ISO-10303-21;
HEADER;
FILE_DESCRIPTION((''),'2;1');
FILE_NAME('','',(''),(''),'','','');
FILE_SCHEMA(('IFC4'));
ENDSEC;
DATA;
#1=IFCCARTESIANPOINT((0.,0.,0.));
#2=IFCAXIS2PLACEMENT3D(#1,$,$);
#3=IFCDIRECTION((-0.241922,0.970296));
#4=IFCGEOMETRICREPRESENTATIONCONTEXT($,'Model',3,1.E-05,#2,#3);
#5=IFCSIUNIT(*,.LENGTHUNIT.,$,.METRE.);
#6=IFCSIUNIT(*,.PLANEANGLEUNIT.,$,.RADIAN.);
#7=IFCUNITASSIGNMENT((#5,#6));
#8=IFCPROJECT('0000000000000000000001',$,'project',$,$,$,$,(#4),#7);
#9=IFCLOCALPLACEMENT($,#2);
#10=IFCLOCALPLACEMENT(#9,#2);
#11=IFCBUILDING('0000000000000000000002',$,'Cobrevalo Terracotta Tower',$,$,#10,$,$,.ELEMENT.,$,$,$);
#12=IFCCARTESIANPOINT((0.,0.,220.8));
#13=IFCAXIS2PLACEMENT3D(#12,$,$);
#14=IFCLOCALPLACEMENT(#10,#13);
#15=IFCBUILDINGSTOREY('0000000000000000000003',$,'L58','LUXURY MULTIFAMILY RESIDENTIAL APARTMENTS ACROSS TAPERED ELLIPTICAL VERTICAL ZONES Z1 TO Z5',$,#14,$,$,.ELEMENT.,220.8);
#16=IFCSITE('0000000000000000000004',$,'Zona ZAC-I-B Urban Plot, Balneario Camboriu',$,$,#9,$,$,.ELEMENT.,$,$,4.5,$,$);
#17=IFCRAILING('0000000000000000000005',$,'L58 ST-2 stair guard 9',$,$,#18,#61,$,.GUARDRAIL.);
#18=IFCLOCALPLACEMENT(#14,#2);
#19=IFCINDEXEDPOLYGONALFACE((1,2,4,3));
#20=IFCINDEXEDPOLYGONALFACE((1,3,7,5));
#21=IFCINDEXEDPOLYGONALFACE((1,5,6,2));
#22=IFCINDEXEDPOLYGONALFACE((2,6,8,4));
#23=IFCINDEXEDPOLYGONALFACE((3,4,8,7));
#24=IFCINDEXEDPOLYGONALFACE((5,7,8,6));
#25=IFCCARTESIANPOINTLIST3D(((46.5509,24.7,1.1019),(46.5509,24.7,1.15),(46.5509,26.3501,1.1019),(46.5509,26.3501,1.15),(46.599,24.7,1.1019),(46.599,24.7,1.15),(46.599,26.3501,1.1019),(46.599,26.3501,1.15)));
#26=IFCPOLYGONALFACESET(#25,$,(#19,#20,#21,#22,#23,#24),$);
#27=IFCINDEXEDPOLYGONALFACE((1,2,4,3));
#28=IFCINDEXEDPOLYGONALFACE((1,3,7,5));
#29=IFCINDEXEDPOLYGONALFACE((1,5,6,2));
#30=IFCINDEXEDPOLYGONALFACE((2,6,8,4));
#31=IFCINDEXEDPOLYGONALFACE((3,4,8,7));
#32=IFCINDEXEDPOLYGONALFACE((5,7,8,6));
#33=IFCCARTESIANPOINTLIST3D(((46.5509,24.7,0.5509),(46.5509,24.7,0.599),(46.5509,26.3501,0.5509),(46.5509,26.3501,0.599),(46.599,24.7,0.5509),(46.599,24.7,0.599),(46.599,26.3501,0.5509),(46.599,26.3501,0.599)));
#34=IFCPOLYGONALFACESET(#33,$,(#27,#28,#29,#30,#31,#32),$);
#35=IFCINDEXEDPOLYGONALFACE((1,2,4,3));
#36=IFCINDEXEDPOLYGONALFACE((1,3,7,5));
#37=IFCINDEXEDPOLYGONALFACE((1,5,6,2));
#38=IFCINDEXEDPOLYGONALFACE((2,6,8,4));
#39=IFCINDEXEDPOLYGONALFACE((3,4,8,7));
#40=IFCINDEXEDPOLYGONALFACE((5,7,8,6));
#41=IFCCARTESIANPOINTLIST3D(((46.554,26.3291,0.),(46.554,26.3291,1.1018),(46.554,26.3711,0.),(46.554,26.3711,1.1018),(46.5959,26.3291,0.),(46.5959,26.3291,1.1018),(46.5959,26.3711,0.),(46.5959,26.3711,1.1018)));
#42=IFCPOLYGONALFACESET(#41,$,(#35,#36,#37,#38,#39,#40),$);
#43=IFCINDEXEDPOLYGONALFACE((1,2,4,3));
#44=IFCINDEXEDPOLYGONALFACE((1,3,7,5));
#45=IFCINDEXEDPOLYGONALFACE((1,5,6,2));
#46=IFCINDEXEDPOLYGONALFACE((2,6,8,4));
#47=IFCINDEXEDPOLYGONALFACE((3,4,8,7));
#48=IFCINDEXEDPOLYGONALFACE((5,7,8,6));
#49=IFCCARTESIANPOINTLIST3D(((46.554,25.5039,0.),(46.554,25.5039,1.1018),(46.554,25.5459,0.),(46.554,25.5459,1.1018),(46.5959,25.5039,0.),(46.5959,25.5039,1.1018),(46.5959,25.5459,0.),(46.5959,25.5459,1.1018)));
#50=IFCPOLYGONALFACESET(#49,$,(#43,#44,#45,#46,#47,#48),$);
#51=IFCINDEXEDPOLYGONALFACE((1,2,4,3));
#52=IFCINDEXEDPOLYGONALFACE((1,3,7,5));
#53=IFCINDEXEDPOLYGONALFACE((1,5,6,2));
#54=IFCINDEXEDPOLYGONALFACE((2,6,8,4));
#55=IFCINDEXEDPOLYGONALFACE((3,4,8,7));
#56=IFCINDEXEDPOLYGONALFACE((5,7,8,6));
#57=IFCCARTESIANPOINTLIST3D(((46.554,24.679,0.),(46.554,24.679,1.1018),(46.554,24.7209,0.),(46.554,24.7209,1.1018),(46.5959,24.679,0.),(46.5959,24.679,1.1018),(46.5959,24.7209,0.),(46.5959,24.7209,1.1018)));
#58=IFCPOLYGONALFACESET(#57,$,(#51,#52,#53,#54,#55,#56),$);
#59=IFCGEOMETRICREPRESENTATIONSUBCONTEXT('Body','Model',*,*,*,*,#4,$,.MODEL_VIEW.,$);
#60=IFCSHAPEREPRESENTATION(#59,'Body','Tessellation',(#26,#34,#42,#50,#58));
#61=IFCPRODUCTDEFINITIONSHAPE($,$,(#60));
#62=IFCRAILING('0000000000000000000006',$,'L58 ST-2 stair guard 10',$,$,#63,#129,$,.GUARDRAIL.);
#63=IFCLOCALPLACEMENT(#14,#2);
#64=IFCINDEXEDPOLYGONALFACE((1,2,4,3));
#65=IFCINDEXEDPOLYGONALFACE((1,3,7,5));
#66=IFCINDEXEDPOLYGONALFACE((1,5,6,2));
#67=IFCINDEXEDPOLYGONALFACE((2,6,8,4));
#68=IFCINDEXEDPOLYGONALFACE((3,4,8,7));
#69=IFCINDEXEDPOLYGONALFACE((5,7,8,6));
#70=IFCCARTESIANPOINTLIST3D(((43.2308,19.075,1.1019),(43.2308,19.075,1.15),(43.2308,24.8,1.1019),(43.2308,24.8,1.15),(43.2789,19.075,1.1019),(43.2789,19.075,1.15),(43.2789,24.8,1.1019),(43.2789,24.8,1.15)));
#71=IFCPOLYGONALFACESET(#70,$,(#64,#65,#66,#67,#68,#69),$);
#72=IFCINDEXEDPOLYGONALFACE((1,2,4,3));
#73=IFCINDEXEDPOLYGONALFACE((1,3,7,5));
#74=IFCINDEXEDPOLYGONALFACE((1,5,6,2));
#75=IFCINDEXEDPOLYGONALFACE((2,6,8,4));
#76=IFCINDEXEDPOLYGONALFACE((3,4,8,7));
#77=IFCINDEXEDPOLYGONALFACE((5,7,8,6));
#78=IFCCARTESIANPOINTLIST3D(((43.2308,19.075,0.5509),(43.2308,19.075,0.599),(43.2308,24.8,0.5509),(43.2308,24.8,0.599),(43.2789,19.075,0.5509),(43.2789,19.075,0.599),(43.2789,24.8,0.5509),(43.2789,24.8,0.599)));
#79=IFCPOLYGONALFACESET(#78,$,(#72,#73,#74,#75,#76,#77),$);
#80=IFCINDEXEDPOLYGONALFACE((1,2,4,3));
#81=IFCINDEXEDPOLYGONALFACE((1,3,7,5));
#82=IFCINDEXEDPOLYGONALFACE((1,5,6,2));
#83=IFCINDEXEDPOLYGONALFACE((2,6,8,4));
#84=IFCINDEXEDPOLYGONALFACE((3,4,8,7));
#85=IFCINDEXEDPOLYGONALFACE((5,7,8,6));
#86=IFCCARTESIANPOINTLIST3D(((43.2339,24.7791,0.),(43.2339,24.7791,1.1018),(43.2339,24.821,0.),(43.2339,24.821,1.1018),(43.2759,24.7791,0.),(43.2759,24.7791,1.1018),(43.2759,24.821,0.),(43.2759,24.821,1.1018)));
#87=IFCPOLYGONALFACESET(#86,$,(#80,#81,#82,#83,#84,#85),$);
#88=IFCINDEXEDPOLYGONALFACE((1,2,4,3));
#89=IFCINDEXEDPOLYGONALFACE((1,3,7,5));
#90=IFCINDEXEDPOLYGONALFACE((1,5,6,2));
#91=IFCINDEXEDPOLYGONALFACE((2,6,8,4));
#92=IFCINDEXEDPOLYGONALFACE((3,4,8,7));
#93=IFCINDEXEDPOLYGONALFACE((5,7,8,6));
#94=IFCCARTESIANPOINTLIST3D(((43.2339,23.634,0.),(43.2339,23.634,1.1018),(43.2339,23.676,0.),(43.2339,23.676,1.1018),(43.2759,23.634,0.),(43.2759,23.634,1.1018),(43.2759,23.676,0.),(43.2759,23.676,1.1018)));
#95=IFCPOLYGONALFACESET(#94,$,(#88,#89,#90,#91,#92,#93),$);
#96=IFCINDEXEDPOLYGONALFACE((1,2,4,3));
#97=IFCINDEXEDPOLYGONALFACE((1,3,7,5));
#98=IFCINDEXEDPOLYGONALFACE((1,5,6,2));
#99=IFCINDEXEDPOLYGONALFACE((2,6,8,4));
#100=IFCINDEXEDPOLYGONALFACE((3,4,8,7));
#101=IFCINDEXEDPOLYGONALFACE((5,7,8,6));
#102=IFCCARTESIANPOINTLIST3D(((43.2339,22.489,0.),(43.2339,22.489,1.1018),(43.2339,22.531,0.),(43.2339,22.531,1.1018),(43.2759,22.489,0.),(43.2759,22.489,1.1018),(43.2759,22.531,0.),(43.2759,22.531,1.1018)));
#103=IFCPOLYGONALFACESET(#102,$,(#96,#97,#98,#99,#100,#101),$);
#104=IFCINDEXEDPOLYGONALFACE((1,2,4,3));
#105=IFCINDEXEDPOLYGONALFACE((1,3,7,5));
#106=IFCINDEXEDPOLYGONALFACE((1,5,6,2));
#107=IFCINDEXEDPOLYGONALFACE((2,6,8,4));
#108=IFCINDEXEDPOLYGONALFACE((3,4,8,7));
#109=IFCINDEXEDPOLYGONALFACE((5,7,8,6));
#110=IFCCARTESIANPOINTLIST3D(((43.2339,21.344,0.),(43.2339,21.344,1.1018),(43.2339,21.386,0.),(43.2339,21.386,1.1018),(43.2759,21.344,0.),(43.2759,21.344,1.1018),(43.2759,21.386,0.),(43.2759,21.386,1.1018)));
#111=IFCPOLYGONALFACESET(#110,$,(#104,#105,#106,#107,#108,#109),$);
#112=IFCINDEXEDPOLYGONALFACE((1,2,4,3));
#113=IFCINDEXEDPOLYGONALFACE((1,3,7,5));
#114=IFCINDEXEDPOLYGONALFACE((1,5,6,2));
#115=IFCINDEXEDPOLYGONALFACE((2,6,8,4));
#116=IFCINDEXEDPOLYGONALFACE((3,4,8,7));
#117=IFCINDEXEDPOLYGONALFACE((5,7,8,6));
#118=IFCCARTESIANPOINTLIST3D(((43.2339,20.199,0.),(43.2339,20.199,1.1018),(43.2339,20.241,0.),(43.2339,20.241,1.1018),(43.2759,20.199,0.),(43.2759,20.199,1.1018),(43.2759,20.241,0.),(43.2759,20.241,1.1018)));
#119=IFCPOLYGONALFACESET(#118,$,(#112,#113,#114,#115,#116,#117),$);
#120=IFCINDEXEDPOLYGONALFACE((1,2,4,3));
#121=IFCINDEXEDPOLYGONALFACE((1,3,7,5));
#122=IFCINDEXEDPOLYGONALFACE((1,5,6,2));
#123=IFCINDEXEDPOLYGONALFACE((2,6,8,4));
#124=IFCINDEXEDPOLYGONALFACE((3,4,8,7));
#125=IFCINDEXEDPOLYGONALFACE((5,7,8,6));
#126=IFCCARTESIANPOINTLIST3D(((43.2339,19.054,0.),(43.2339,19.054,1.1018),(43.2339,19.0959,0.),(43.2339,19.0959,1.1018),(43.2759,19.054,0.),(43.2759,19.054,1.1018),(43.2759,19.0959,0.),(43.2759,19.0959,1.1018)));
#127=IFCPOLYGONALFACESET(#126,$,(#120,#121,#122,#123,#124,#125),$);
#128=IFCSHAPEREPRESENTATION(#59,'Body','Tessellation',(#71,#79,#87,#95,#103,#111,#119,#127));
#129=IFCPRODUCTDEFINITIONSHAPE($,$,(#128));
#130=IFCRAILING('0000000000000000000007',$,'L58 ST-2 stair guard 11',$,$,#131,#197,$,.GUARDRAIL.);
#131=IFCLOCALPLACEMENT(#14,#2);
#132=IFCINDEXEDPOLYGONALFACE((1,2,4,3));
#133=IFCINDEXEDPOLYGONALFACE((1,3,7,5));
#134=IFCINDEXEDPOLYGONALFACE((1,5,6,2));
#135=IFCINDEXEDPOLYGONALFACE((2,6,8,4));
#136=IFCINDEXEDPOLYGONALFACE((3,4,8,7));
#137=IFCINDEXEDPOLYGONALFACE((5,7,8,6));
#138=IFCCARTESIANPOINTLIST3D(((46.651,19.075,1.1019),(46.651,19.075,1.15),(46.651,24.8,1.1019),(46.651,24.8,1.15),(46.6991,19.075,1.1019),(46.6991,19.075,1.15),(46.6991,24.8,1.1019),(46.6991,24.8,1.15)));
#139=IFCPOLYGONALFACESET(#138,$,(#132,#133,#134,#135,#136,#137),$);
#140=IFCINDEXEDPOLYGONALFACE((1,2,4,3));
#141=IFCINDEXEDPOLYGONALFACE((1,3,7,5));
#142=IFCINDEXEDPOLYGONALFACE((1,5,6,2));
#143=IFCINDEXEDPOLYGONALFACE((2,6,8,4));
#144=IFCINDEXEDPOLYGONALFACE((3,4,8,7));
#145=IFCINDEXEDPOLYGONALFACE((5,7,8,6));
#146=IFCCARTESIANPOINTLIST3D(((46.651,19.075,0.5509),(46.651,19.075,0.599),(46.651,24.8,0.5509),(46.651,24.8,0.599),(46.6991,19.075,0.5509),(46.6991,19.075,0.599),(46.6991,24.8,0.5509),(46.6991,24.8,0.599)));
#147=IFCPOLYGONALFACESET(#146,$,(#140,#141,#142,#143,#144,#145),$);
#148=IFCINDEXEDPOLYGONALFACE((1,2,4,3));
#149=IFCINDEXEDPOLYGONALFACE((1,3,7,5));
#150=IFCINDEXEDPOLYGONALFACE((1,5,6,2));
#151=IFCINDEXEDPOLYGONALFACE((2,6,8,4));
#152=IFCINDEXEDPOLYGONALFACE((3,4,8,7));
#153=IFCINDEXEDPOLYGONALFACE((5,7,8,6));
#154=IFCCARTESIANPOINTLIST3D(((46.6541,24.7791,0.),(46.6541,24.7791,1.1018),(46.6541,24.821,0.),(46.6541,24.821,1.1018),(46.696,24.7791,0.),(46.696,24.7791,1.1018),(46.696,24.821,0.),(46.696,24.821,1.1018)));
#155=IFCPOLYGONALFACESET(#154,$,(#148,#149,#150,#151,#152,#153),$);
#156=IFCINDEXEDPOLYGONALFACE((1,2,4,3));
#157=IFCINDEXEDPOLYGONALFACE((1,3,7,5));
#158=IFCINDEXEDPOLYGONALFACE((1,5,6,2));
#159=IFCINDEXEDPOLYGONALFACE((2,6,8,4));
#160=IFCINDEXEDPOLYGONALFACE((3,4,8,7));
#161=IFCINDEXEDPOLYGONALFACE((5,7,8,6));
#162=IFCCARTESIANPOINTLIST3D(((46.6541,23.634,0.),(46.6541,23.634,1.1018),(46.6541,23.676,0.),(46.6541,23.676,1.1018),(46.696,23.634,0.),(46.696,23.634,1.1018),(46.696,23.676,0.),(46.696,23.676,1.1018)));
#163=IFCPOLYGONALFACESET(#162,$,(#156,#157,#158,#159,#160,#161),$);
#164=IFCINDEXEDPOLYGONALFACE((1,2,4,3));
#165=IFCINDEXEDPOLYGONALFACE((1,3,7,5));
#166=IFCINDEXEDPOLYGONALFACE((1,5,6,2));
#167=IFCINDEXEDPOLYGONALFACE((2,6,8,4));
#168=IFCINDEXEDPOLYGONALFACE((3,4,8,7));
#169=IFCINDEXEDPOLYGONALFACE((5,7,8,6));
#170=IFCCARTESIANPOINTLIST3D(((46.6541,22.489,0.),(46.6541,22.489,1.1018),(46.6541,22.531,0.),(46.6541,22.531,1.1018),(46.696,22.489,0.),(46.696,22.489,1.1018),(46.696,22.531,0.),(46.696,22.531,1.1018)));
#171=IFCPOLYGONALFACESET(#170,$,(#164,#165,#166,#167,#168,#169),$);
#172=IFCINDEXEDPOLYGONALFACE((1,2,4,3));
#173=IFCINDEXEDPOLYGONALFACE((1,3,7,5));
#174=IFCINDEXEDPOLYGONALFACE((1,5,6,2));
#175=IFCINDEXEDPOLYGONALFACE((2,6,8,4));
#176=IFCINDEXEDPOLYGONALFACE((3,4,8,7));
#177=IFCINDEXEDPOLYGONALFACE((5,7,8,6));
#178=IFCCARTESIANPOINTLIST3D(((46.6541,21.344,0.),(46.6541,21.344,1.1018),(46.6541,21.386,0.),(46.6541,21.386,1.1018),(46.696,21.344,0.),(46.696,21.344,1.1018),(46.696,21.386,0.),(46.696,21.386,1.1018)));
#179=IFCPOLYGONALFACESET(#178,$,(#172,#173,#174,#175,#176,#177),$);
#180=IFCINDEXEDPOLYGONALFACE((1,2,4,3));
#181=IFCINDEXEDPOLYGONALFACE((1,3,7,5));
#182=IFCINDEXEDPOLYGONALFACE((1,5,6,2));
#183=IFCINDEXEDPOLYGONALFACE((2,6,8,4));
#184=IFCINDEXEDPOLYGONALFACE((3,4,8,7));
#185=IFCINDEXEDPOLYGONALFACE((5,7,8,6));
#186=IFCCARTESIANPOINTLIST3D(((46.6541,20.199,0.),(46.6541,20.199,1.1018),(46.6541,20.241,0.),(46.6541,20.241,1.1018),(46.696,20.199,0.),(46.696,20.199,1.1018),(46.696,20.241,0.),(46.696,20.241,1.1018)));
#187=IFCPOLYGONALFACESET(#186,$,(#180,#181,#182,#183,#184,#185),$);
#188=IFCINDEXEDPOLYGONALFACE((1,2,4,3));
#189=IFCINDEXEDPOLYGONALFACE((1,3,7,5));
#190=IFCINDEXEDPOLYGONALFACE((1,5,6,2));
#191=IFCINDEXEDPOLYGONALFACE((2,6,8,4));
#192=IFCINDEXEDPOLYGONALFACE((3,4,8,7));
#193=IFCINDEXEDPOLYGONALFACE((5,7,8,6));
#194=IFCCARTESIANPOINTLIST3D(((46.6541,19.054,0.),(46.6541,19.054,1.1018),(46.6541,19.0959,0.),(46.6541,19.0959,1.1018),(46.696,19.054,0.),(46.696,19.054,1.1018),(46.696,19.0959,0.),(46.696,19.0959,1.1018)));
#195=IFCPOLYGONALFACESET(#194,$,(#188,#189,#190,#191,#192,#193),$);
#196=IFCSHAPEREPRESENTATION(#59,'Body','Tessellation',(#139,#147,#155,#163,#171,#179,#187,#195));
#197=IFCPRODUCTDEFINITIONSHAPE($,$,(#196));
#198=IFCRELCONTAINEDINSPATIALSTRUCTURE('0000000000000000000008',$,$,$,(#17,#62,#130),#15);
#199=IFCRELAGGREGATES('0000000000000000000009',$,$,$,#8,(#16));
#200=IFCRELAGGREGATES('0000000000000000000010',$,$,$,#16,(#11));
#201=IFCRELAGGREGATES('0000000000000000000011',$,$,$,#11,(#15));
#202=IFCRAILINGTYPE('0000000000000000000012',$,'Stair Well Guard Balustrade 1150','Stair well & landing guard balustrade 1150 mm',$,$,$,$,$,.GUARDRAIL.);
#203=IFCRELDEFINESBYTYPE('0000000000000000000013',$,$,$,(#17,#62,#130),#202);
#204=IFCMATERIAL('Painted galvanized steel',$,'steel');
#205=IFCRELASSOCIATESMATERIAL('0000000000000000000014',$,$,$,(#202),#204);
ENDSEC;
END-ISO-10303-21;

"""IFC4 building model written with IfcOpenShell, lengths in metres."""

from ifc_helpers import new_model, si_unit, direction, frame, origin, origin_2d, place, context, subcontext, project, spatial, rectangle, extrude, material, type_object, element, save


model = new_model("IFC4")

# Units and contexts
model_context = context("Model", 3, precision=1e-05, world=origin(), true_north=direction((-0.241922, 0.970296)))
body_context = subcontext(model_context, "Body", "Model", "MODEL_VIEW")
ifc_project = project(units=[si_unit("LENGTHUNIT", "METRE"), si_unit("PLANEANGLEUNIT", "RADIAN")], contexts=[model_context])

# Site, building, storey
site_placement = place(None, origin())
site = spatial("IfcSite", under=ifc_project, at=site_placement, Name="Zona ZAC-I-B Urban Plot, Balneario Camboriu", CompositionType="ELEMENT", RefElevation=4.5)
building_placement = place(site_placement, origin())
building = spatial("IfcBuilding", under=site, at=building_placement, Name="Cobrevalo Terracotta Tower", CompositionType="ELEMENT")
storey_placement = place(building_placement, frame((0.0, 0.0, 220.8)))
storey = spatial("IfcBuildingStorey", under=building, at=storey_placement, Name="L58", Description="LUXURY MULTIFAMILY RESIDENTIAL APARTMENTS ACROSS TAPERED ELLIPTICAL VERTICAL ZONES Z1 TO Z5", CompositionType="ELEMENT", Elevation=220.8)

# Railings
ifc_material_1 = material(Name="Painted galvanized steel", Category="steel")
railing_type = type_object("IfcRailingType", Name="Stair Well Guard Balustrade 1150", Description="Stair well & landing guard balustrade 1150 mm", PredefinedType="GUARDRAIL", material=ifc_material_1)
for number, where, name in (
    (1, (46.575, 26.3501, 0.0), "L58 ST-2 stair guard 9"),
):
    element("IfcRailing", number, at=place(storey_placement, frame(where)), inside=storey, type_object=railing_type, Name=name, PredefinedType="GUARDRAIL", context=body_context, shape_type="SweptSolid", body=[
        extrude(rectangle(XDim=0.0481, YDim=0.0481, at=origin_2d()), frame((0.0, 0.0, 1.126), z_axis=(0.0, -1.0, 0.0), x_axis=(1.0, 0.0, 0.0)), (0.0, 0.0, 1.0), 1.6501),
        extrude(rectangle(XDim=0.0481, YDim=0.0481, at=origin_2d()), frame((0.0, 0.0, 0.575), z_axis=(0.0, -1.0, 0.0), x_axis=(1.0, 0.0, 0.0)), (0.0, 0.0, 1.0), 1.6501),
        extrude(rectangle(XDim=0.042, YDim=0.042, at=origin_2d()), origin(), (0.0, 0.0, 1.0), 1.1018),
        extrude(rectangle(XDim=0.042, YDim=0.042, at=origin_2d()), frame((0.0, -0.8252, 0.0)), (0.0, 0.0, 1.0), 1.1018),
        extrude(rectangle(XDim=0.042, YDim=0.042, at=origin_2d()), frame((0.0, -1.6501, 0.0)), (0.0, 0.0, 1.0), 1.1018),
    ])
for number, where, name in (
    (2, (43.2549, 24.8, 0.0), "L58 ST-2 stair guard 10"),
    (3, (46.675, 24.8, 0.0), "L58 ST-2 stair guard 11"),
):
    element("IfcRailing", number, at=place(storey_placement, frame(where)), inside=storey, type_object=railing_type, Name=name, PredefinedType="GUARDRAIL", context=body_context, shape_type="SweptSolid", body=[
        extrude(rectangle(XDim=0.0481, YDim=0.0481, at=origin_2d()), frame((0.0, 0.0, 1.126), z_axis=(0.0, -1.0, 0.0), x_axis=(1.0, 0.0, 0.0)), (0.0, 0.0, 1.0), 5.7251),
        extrude(rectangle(XDim=0.0481, YDim=0.0481, at=origin_2d()), frame((0.0, 0.0, 0.575), z_axis=(0.0, -1.0, 0.0), x_axis=(1.0, 0.0, 0.0)), (0.0, 0.0, 1.0), 5.7251),
        extrude(rectangle(XDim=0.042, YDim=0.042, at=origin_2d()), origin(), (0.0, 0.0, 1.0), 1.1018),
        extrude(rectangle(XDim=0.042, YDim=0.042, at=origin_2d()), frame((0.0, -1.145, 0.0)), (0.0, 0.0, 1.0), 1.1018),
        extrude(rectangle(XDim=0.042, YDim=0.042, at=origin_2d()), frame((0.0, -2.29, 0.0)), (0.0, 0.0, 1.0), 1.1018),
        extrude(rectangle(XDim=0.042, YDim=0.042, at=origin_2d()), frame((0.0, -3.4351, 0.0)), (0.0, 0.0, 1.0), 1.1018),
        extrude(rectangle(XDim=0.042, YDim=0.042, at=origin_2d()), frame((0.0, -4.5801, 0.0)), (0.0, 0.0, 1.0), 1.1018),
        extrude(rectangle(XDim=0.042, YDim=0.042, at=origin_2d()), frame((0.0, -5.7251, 0.0)), (0.0, 0.0, 1.0), 1.1018),
    ])

save(model, "model.ifc")
